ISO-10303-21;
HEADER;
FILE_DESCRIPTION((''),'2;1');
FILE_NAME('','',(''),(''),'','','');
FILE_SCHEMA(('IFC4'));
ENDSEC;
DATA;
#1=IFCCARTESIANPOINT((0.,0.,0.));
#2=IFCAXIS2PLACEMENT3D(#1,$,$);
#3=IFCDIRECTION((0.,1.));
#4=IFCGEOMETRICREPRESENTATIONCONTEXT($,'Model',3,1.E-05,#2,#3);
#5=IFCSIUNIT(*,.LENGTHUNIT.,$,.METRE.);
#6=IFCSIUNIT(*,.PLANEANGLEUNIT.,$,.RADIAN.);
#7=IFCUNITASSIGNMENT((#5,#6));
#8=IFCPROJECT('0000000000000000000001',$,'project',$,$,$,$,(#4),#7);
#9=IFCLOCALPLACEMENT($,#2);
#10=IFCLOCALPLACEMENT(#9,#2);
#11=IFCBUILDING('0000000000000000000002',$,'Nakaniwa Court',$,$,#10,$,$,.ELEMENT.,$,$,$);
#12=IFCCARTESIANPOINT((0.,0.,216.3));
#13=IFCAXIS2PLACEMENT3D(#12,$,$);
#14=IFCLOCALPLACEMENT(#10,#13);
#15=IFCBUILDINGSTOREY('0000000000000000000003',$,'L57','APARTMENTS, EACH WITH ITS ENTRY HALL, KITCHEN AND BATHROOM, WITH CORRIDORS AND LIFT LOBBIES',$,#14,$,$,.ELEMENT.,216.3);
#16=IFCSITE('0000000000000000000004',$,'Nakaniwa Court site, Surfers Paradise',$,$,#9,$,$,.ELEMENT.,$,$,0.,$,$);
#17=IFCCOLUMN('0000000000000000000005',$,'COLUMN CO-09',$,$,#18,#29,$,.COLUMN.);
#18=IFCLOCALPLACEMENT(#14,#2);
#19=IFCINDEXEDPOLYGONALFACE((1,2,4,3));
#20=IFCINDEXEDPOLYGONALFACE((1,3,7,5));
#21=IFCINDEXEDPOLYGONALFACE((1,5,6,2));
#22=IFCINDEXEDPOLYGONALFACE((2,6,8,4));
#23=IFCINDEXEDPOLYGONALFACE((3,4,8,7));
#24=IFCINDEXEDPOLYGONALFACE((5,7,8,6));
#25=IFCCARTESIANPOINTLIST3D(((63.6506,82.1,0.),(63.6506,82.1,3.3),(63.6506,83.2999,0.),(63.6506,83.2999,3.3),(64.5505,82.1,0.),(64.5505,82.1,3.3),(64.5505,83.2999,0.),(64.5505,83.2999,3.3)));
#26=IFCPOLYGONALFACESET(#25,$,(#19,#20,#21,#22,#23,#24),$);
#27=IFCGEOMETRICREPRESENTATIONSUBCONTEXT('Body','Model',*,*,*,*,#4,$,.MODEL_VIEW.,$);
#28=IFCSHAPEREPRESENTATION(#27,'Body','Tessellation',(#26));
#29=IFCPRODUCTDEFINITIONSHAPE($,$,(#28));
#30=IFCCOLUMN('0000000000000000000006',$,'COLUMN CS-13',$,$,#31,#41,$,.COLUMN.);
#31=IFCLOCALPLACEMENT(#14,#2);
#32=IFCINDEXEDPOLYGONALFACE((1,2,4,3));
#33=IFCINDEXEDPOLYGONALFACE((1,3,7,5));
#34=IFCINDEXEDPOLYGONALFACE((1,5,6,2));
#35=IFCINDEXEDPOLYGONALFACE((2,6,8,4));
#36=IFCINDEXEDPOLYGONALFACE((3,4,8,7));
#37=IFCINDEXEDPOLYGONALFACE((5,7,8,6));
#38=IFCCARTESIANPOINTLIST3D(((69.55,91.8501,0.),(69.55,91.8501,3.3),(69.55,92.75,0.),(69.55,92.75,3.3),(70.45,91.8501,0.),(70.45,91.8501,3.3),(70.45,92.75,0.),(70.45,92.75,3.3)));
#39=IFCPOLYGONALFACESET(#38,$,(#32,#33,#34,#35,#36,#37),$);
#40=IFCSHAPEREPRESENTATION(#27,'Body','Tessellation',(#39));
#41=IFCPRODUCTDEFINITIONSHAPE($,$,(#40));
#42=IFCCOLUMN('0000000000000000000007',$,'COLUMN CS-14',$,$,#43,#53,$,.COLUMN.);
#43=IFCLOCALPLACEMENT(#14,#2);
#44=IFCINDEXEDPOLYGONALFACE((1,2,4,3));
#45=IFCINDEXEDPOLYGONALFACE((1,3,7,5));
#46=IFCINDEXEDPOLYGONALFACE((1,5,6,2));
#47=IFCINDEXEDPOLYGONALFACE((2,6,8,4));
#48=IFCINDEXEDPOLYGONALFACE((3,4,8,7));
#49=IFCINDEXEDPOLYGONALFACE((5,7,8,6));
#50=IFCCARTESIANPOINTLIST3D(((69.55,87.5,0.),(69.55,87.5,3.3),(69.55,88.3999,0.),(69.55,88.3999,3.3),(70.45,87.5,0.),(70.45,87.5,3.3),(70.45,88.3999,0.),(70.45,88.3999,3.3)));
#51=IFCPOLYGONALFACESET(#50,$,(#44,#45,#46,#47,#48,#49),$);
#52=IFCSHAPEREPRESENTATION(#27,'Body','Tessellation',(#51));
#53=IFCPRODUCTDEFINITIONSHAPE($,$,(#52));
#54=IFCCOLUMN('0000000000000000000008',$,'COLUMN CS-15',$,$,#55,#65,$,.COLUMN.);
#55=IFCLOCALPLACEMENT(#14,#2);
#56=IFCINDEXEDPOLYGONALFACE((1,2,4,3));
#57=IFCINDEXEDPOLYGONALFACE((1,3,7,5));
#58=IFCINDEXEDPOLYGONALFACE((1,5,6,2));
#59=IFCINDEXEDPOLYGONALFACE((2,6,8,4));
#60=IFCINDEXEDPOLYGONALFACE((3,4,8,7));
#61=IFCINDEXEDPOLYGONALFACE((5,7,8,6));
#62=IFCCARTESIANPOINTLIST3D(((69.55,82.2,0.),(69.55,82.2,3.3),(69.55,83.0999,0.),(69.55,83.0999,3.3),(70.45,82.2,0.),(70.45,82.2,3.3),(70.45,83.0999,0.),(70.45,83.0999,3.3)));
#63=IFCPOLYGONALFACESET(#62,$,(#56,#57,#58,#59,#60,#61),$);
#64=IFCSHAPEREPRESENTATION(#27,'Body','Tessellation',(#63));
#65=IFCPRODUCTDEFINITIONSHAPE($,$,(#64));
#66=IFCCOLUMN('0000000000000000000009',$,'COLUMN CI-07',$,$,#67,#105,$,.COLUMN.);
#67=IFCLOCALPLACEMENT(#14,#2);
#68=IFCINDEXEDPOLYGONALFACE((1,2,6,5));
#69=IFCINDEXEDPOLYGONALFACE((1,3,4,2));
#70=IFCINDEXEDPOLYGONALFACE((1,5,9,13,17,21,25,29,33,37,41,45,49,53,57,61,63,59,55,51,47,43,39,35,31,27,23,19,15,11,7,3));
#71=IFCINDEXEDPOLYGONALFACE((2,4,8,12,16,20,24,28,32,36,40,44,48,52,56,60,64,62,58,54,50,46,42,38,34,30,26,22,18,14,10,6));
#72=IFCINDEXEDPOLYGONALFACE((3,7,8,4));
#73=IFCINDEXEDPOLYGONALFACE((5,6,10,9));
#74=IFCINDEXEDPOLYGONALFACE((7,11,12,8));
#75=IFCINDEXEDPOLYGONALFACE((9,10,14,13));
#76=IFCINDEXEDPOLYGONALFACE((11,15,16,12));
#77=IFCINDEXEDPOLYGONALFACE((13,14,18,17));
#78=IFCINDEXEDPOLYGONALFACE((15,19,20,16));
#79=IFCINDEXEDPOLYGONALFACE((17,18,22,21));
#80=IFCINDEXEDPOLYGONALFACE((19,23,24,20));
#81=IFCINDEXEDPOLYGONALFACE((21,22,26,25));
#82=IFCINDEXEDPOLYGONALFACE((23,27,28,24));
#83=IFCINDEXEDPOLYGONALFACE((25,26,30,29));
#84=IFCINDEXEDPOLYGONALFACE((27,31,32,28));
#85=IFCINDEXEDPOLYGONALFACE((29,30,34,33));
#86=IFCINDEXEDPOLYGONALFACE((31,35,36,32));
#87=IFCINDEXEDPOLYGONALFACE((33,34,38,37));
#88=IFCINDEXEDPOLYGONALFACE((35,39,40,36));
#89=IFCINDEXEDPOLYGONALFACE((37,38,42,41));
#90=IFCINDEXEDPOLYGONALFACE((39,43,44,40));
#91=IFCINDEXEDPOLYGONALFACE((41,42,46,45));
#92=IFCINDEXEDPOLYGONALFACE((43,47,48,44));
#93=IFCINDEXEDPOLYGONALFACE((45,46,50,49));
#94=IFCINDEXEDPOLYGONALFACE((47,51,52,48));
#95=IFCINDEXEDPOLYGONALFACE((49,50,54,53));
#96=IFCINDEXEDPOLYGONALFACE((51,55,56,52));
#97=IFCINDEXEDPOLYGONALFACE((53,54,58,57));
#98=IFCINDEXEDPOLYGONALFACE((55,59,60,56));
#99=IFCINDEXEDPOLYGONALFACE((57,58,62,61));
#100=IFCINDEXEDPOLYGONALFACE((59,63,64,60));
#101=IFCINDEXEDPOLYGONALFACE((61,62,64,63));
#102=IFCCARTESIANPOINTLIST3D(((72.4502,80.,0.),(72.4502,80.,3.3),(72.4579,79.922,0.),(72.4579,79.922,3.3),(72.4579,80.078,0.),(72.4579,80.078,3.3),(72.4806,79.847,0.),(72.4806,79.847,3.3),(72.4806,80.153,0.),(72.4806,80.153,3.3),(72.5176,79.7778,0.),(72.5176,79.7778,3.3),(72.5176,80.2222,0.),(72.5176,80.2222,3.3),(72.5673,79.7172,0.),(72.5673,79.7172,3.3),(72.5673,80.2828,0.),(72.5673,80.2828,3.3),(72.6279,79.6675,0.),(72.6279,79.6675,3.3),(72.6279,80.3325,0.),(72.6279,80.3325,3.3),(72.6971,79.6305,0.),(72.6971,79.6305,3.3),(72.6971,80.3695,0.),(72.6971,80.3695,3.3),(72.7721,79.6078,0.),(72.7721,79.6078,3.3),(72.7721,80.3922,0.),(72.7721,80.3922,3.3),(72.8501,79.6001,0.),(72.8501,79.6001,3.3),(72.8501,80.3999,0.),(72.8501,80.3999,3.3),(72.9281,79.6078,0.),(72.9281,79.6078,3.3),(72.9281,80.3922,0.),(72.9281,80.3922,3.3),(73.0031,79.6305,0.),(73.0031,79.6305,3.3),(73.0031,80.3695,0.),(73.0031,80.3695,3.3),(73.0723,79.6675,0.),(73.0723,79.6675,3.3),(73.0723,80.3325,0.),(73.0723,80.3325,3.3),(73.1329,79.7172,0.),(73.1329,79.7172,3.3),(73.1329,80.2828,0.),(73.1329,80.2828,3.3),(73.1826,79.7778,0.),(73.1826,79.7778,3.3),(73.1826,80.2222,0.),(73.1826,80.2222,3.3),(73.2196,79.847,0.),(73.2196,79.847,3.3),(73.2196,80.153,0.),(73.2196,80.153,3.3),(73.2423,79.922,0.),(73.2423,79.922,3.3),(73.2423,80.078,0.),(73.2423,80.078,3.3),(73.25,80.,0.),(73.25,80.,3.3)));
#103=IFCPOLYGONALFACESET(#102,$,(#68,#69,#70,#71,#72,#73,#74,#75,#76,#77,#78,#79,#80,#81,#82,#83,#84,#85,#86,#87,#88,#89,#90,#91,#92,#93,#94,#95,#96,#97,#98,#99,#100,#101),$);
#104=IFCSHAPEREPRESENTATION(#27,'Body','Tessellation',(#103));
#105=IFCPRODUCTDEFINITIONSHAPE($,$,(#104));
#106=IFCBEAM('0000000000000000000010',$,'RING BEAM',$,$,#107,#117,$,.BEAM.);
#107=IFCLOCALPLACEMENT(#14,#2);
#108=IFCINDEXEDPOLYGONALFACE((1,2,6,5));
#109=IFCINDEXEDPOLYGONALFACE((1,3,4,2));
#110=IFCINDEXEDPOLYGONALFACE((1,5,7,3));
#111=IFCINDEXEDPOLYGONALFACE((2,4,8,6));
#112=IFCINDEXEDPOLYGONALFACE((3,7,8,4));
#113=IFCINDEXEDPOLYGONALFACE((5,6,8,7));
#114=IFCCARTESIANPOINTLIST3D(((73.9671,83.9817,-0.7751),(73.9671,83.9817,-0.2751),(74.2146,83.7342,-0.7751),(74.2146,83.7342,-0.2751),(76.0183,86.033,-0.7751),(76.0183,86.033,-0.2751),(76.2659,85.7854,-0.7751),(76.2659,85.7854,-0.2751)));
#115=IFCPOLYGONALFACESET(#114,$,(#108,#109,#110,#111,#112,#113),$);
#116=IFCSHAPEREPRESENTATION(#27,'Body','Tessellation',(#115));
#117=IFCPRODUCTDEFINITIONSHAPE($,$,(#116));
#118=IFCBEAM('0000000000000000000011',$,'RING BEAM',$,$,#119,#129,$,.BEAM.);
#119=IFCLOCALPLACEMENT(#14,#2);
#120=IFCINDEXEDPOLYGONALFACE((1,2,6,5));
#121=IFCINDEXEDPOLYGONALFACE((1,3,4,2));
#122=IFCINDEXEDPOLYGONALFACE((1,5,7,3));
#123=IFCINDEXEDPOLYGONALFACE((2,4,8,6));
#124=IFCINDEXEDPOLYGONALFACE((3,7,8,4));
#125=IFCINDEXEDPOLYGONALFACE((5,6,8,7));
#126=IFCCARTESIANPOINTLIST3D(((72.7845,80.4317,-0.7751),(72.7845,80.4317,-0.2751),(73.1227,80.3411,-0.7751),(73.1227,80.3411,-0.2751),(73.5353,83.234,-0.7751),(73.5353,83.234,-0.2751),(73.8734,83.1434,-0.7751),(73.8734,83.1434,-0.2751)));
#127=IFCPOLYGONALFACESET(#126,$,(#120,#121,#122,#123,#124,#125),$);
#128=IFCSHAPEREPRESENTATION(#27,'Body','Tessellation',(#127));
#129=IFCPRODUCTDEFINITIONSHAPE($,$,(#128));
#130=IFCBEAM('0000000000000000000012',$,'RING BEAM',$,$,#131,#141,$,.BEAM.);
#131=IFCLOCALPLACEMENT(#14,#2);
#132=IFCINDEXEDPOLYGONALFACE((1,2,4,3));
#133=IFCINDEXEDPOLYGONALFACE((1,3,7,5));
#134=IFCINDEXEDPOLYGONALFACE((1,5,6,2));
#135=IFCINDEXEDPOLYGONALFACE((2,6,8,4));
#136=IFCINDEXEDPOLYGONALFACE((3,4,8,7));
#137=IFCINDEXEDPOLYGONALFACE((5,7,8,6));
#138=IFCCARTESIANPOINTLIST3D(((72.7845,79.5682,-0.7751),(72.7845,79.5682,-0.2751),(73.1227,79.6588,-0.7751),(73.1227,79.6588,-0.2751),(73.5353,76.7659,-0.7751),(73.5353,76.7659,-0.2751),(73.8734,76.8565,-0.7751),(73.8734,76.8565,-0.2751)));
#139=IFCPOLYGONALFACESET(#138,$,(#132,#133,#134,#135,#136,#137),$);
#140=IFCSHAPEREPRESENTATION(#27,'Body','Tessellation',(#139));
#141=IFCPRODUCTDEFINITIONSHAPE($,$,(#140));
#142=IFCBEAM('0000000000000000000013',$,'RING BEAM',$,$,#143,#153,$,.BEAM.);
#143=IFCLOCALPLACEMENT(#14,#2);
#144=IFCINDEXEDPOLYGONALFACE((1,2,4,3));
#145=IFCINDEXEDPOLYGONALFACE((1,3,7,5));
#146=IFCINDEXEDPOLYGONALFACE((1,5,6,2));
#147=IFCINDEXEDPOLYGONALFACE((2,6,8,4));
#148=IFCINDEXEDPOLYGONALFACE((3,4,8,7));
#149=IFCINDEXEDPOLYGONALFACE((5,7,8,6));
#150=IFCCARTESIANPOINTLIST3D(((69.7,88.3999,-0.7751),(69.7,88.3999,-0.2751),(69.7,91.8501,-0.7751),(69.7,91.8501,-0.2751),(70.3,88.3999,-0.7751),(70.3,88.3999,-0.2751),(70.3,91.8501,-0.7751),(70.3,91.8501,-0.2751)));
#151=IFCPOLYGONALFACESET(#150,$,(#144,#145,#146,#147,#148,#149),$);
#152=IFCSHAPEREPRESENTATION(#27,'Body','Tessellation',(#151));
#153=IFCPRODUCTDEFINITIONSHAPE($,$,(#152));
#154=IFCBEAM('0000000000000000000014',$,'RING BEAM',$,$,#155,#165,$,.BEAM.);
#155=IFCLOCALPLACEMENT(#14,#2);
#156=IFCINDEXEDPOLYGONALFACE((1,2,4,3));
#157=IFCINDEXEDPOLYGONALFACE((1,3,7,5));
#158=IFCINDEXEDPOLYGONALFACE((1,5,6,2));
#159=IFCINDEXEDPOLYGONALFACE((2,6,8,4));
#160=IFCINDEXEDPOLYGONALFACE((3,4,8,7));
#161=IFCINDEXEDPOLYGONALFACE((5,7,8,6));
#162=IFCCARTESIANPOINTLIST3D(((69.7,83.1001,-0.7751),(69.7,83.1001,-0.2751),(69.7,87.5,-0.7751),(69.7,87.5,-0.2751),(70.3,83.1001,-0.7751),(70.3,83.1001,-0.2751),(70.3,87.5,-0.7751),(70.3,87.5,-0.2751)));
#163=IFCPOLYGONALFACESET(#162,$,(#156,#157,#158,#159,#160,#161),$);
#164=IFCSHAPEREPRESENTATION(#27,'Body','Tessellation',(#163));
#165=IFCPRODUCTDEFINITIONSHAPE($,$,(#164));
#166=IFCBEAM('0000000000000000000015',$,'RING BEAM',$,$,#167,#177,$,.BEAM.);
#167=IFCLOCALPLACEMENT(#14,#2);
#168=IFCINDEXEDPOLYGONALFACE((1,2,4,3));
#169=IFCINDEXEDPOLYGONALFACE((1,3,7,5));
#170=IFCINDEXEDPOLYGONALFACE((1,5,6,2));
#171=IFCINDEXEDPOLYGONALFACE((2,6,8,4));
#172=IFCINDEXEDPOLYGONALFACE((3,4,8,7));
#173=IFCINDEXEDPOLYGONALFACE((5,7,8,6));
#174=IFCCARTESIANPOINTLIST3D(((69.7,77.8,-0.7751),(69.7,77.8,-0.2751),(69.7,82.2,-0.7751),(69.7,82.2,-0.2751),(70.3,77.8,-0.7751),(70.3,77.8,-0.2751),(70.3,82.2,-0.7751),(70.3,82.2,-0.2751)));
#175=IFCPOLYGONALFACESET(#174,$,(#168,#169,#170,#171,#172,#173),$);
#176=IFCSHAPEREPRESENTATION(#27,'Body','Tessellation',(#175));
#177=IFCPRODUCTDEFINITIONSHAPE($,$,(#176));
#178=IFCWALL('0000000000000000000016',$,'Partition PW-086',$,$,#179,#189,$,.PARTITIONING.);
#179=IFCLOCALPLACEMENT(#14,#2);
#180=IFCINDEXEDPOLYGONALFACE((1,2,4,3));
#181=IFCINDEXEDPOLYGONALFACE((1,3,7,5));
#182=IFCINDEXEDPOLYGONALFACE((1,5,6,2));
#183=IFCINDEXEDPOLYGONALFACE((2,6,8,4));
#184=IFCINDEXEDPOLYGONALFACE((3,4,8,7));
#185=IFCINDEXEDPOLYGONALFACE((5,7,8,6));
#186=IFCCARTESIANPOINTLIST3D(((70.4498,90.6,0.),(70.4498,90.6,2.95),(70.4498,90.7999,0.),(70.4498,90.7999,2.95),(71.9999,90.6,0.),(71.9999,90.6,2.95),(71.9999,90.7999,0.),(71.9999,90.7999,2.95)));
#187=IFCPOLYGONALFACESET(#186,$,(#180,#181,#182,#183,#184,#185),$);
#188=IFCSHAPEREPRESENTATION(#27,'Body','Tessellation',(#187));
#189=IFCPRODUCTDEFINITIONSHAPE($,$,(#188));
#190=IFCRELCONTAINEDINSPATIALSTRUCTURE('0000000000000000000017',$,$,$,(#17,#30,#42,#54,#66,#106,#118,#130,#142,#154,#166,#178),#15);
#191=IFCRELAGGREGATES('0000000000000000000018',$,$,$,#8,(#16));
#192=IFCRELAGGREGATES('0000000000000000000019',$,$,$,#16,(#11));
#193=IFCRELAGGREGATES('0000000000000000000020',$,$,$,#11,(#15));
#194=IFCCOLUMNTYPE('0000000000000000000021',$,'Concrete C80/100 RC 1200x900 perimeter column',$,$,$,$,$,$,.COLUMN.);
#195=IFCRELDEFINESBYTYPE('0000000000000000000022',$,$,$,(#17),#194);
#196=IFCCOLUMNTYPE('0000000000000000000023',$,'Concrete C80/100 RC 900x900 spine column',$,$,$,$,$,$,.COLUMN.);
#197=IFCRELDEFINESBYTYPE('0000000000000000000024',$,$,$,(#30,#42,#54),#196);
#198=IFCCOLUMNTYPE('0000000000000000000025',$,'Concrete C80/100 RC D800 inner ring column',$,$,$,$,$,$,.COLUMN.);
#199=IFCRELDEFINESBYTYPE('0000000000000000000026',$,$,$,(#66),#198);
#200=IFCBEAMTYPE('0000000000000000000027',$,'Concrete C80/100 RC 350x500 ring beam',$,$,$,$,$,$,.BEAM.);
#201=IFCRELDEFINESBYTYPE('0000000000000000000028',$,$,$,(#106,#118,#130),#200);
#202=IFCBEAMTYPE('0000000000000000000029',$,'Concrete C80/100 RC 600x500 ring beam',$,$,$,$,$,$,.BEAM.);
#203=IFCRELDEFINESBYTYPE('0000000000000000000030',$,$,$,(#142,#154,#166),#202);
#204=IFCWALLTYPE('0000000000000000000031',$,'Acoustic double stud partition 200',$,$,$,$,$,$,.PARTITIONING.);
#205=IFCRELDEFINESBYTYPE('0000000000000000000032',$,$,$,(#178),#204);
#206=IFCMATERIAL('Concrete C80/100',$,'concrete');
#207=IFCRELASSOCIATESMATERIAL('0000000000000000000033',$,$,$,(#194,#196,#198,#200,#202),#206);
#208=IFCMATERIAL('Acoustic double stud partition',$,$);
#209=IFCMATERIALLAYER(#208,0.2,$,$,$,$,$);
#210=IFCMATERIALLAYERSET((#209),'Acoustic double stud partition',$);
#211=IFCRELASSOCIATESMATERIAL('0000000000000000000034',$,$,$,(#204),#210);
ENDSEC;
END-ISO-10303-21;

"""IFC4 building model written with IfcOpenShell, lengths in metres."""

from ifc_helpers import new_model, si_unit, direction, frame, frame_2d, origin, origin_2d, place, context, subcontext, project, spatial, rectangle, circle, extrude, material, layer, layer_set, material_profile, profile_set, type_object, element, save


model = new_model("IFC4")

# Units and contexts
model_context = context("Model", 3, precision=1e-05, world=origin(), true_north=direction((0.0, 1.0)))
body_context = subcontext(model_context, "Body", "Model", "MODEL_VIEW")
ifc_project = project(units=[si_unit("LENGTHUNIT", "METRE"), si_unit("PLANEANGLEUNIT", "RADIAN")], contexts=[model_context])

# Site, building, storey
site_placement = place(None, origin())
site = spatial("IfcSite", under=ifc_project, at=site_placement, Name="Nakaniwa Court site, Surfers Paradise", CompositionType="ELEMENT", RefElevation=0.0)
building_placement = place(site_placement, origin())
building = spatial("IfcBuilding", under=site, at=building_placement, Name="Nakaniwa Court", CompositionType="ELEMENT")
storey_placement = place(building_placement, frame((0.0, 0.0, 216.3)))
storey = spatial("IfcBuildingStorey", under=building, at=storey_placement, Name="L57", Description="APARTMENTS, EACH WITH ITS ENTRY HALL, KITCHEN AND BATHROOM, WITH CORRIDORS AND LIFT LOBBIES", CompositionType="ELEMENT", Elevation=216.3)

# Columns
ifc_material_1 = material(Name="Concrete C80/100", Category="concrete")
ifc_material_profile_1 = material_profile(ifc_material_1, rectangle(XDim=1.2, YDim=0.8999, at=origin_2d()), Name="Concrete C80/100 RC 1200x900 perimeter column")
ifc_profile_set_1 = profile_set([ifc_material_profile_1], Name="Concrete C80/100")
column_type_1 = type_object("IfcColumnType", Name="Concrete C80/100 RC 1200x900 perimeter column", PredefinedType="COLUMN", material=ifc_profile_set_1)
column_placement = place(storey_placement, frame((64.1006, 82.7, 0.0), z_axis=(0.0, 0.0, 1.0), x_axis=(0.0, -1.0, 0.0)))
element("IfcColumn", 1, at=column_placement, inside=storey, type_object=column_type_1, Name="COLUMN CO-09", PredefinedType="COLUMN", context=body_context, shape_type="SweptSolid", body=[
    extrude(rectangle(XDim=1.2, YDim=0.8999, at=origin_2d()), origin(), (0.0, 0.0, 1.0), 3.3),
])
ifc_material_profile_2 = material_profile(ifc_material_1, rectangle(XDim=0.8999, YDim=0.8999, at=origin_2d()), Name="Concrete C80/100 RC 900x900 spine column")
ifc_profile_set_2 = profile_set([ifc_material_profile_2], Name="Concrete C80/100")
column_type_2 = type_object("IfcColumnType", Name="Concrete C80/100 RC 900x900 spine column", PredefinedType="COLUMN", material=ifc_profile_set_2)
for number, where, z_axis, x_axis, name in (
    (2, (70.0, 92.3, 0.0), (0.0, 0.0, 1.0), (0.0, -1.0, 0.0), "COLUMN CS-13"),
    (3, (70.0, 87.95, 0.0), (0.0, 0.0, 1.0), (0.0, -1.0, 0.0), "COLUMN CS-14"),
    (4, (70.0, 82.6499, 0.0), (0.0, 0.0, 1.0), (0.0, -1.0, 0.0), "COLUMN CS-15"),
):
    element("IfcColumn", number, at=place(storey_placement, frame(where, z_axis=z_axis, x_axis=x_axis)), inside=storey, type_object=column_type_2, Name=name, PredefinedType="COLUMN", context=body_context, shape_type="SweptSolid", body=[
        extrude(rectangle(XDim=0.8999, YDim=0.8999, at=origin_2d()), origin(), (0.0, 0.0, 1.0), 3.3),
    ])
ifc_material_profile_3 = material_profile(ifc_material_1, circle(Radius=0.3999, at=origin_2d()), Name="Concrete C80/100 RC D800 inner ring column")
ifc_profile_set_3 = profile_set([ifc_material_profile_3], Name="Concrete C80/100")
column_type_3 = type_object("IfcColumnType", Name="Concrete C80/100 RC D800 inner ring column", PredefinedType="COLUMN", material=ifc_profile_set_3)
for number, where, z_axis, x_axis, name in (
    (5, (72.8501, 80.0, 0.0), (0.0, 0.0, 1.0), (0.0, -1.0, 0.0), "COLUMN CI-07"),
):
    element("IfcColumn", number, at=place(storey_placement, frame(where, z_axis=z_axis, x_axis=x_axis)), inside=storey, type_object=column_type_3, Name=name, PredefinedType="COLUMN", context=body_context, shape_type="SweptSolid", body=[
        extrude(circle(Radius=0.3999, at=origin_2d()), origin(), (0.0, 0.0, 1.0), 3.3),
    ])

# Beams
ifc_material_profile_4 = material_profile(ifc_material_1, rectangle(XDim=0.3501, YDim=0.5, at=origin_2d()), Name="Concrete C80/100 RC 350x500 ring beam")
ifc_profile_set_4 = profile_set([ifc_material_profile_4], Name="Concrete C80/100")
beam_type_1 = type_object("IfcBeamType", Name="Concrete C80/100 RC 350x500 ring beam", PredefinedType="BEAM", material=ifc_profile_set_4)
beam_1_placement = place(storey_placement, frame((76.1421, 85.9092, -0.5251), z_axis=(-0.707107, -0.707107, 0.0), x_axis=(0.707107, -0.707107, 0.0)))
element("IfcBeam", 6, at=beam_1_placement, inside=storey, type_object=beam_type_1, Name="RING BEAM", PredefinedType="BEAM", context=body_context, shape_type="SweptSolid", body=[
    extrude(rectangle(XDim=0.3501, YDim=0.5, at=origin_2d()), origin(), (0.0, 0.0, 1.0), 2.9009),
])
for number, where, z_axis, x_axis, name in (
    (7, (73.7043, 83.1887, -0.5251), (-0.258778, -0.965937, 0.0), (0.965937, -0.258778, 0.0), "RING BEAM"),
    (8, (72.9536, 79.6135, -0.5251), (0.258778, -0.965937, 0.0), (0.965937, 0.258778, 0.0), "RING BEAM"),
):
    element("IfcBeam", number, at=place(storey_placement, frame(where, z_axis=z_axis, x_axis=x_axis)), inside=storey, type_object=beam_type_1, Name=name, PredefinedType="BEAM", context=body_context, shape_type="SweptSolid", body=[
        extrude(rectangle(XDim=0.3501, YDim=0.5, at=origin_2d()), origin(), (0.0, 0.0, 1.0), 2.9011),
    ])
ifc_material_profile_5 = material_profile(ifc_material_1, rectangle(XDim=0.6001, YDim=0.5, at=origin_2d()), Name="Concrete C80/100 RC 600x500 ring beam")
ifc_profile_set_5 = profile_set([ifc_material_profile_5], Name="Concrete C80/100")
beam_type_2 = type_object("IfcBeamType", Name="Concrete C80/100 RC 600x500 ring beam", PredefinedType="BEAM", material=ifc_profile_set_5)
beam_2_placement = place(storey_placement, frame((70.0, 91.8501, -0.5251), z_axis=(0.0, -1.0, 0.0), x_axis=(1.0, 0.0, 0.0)))
element("IfcBeam", 9, at=beam_2_placement, inside=storey, type_object=beam_type_2, Name="RING BEAM", PredefinedType="BEAM", context=body_context, shape_type="SweptSolid", body=[
    extrude(rectangle(XDim=0.6001, YDim=0.5, at=origin_2d()), origin(), (0.0, 0.0, 1.0), 3.4502),
])
for number, where, z_axis, x_axis, name in (
    (10, (70.0, 87.5, -0.5251), (0.0, -1.0, 0.0), (1.0, 0.0, 0.0), "RING BEAM"),
    (11, (70.0, 82.2, -0.5251), (0.0, -1.0, 0.0), (1.0, 0.0, 0.0), "RING BEAM"),
):
    element("IfcBeam", number, at=place(storey_placement, frame(where, z_axis=z_axis, x_axis=x_axis)), inside=storey, type_object=beam_type_2, Name=name, PredefinedType="BEAM", context=body_context, shape_type="SweptSolid", body=[
        extrude(rectangle(XDim=0.6001, YDim=0.5, at=origin_2d()), origin(), (0.0, 0.0, 1.0), 4.3999),
    ])

# Wall
ifc_material_2 = material(Name="Acoustic double stud partition")
ifc_layer_1 = layer(ifc_material_2, 0.2)
ifc_layer_set_1 = layer_set([ifc_layer_1], Name="Acoustic double stud partition")
wall_type_1 = type_object("IfcWallType", Name="Acoustic double stud partition 200", PredefinedType="PARTITIONING", material=ifc_layer_set_1)
wall_1_placement = place(storey_placement, frame((70.45, 90.7, 0.0), z_axis=(0.0, 0.0, 1.0), x_axis=(1.0, 0.0, 0.0)))
element("IfcWall", 12, at=wall_1_placement, inside=storey, type_object=wall_type_1, Name="Partition PW-086", PredefinedType="PARTITIONING", context=body_context, shape_type="SweptSolid", body=[
    extrude(rectangle(XDim=1.55, YDim=0.2, at=frame_2d((0.7749, 0.0))), origin(), (0.0, 0.0, 1.0), 2.95),
])

save(model, "model.ifc")
